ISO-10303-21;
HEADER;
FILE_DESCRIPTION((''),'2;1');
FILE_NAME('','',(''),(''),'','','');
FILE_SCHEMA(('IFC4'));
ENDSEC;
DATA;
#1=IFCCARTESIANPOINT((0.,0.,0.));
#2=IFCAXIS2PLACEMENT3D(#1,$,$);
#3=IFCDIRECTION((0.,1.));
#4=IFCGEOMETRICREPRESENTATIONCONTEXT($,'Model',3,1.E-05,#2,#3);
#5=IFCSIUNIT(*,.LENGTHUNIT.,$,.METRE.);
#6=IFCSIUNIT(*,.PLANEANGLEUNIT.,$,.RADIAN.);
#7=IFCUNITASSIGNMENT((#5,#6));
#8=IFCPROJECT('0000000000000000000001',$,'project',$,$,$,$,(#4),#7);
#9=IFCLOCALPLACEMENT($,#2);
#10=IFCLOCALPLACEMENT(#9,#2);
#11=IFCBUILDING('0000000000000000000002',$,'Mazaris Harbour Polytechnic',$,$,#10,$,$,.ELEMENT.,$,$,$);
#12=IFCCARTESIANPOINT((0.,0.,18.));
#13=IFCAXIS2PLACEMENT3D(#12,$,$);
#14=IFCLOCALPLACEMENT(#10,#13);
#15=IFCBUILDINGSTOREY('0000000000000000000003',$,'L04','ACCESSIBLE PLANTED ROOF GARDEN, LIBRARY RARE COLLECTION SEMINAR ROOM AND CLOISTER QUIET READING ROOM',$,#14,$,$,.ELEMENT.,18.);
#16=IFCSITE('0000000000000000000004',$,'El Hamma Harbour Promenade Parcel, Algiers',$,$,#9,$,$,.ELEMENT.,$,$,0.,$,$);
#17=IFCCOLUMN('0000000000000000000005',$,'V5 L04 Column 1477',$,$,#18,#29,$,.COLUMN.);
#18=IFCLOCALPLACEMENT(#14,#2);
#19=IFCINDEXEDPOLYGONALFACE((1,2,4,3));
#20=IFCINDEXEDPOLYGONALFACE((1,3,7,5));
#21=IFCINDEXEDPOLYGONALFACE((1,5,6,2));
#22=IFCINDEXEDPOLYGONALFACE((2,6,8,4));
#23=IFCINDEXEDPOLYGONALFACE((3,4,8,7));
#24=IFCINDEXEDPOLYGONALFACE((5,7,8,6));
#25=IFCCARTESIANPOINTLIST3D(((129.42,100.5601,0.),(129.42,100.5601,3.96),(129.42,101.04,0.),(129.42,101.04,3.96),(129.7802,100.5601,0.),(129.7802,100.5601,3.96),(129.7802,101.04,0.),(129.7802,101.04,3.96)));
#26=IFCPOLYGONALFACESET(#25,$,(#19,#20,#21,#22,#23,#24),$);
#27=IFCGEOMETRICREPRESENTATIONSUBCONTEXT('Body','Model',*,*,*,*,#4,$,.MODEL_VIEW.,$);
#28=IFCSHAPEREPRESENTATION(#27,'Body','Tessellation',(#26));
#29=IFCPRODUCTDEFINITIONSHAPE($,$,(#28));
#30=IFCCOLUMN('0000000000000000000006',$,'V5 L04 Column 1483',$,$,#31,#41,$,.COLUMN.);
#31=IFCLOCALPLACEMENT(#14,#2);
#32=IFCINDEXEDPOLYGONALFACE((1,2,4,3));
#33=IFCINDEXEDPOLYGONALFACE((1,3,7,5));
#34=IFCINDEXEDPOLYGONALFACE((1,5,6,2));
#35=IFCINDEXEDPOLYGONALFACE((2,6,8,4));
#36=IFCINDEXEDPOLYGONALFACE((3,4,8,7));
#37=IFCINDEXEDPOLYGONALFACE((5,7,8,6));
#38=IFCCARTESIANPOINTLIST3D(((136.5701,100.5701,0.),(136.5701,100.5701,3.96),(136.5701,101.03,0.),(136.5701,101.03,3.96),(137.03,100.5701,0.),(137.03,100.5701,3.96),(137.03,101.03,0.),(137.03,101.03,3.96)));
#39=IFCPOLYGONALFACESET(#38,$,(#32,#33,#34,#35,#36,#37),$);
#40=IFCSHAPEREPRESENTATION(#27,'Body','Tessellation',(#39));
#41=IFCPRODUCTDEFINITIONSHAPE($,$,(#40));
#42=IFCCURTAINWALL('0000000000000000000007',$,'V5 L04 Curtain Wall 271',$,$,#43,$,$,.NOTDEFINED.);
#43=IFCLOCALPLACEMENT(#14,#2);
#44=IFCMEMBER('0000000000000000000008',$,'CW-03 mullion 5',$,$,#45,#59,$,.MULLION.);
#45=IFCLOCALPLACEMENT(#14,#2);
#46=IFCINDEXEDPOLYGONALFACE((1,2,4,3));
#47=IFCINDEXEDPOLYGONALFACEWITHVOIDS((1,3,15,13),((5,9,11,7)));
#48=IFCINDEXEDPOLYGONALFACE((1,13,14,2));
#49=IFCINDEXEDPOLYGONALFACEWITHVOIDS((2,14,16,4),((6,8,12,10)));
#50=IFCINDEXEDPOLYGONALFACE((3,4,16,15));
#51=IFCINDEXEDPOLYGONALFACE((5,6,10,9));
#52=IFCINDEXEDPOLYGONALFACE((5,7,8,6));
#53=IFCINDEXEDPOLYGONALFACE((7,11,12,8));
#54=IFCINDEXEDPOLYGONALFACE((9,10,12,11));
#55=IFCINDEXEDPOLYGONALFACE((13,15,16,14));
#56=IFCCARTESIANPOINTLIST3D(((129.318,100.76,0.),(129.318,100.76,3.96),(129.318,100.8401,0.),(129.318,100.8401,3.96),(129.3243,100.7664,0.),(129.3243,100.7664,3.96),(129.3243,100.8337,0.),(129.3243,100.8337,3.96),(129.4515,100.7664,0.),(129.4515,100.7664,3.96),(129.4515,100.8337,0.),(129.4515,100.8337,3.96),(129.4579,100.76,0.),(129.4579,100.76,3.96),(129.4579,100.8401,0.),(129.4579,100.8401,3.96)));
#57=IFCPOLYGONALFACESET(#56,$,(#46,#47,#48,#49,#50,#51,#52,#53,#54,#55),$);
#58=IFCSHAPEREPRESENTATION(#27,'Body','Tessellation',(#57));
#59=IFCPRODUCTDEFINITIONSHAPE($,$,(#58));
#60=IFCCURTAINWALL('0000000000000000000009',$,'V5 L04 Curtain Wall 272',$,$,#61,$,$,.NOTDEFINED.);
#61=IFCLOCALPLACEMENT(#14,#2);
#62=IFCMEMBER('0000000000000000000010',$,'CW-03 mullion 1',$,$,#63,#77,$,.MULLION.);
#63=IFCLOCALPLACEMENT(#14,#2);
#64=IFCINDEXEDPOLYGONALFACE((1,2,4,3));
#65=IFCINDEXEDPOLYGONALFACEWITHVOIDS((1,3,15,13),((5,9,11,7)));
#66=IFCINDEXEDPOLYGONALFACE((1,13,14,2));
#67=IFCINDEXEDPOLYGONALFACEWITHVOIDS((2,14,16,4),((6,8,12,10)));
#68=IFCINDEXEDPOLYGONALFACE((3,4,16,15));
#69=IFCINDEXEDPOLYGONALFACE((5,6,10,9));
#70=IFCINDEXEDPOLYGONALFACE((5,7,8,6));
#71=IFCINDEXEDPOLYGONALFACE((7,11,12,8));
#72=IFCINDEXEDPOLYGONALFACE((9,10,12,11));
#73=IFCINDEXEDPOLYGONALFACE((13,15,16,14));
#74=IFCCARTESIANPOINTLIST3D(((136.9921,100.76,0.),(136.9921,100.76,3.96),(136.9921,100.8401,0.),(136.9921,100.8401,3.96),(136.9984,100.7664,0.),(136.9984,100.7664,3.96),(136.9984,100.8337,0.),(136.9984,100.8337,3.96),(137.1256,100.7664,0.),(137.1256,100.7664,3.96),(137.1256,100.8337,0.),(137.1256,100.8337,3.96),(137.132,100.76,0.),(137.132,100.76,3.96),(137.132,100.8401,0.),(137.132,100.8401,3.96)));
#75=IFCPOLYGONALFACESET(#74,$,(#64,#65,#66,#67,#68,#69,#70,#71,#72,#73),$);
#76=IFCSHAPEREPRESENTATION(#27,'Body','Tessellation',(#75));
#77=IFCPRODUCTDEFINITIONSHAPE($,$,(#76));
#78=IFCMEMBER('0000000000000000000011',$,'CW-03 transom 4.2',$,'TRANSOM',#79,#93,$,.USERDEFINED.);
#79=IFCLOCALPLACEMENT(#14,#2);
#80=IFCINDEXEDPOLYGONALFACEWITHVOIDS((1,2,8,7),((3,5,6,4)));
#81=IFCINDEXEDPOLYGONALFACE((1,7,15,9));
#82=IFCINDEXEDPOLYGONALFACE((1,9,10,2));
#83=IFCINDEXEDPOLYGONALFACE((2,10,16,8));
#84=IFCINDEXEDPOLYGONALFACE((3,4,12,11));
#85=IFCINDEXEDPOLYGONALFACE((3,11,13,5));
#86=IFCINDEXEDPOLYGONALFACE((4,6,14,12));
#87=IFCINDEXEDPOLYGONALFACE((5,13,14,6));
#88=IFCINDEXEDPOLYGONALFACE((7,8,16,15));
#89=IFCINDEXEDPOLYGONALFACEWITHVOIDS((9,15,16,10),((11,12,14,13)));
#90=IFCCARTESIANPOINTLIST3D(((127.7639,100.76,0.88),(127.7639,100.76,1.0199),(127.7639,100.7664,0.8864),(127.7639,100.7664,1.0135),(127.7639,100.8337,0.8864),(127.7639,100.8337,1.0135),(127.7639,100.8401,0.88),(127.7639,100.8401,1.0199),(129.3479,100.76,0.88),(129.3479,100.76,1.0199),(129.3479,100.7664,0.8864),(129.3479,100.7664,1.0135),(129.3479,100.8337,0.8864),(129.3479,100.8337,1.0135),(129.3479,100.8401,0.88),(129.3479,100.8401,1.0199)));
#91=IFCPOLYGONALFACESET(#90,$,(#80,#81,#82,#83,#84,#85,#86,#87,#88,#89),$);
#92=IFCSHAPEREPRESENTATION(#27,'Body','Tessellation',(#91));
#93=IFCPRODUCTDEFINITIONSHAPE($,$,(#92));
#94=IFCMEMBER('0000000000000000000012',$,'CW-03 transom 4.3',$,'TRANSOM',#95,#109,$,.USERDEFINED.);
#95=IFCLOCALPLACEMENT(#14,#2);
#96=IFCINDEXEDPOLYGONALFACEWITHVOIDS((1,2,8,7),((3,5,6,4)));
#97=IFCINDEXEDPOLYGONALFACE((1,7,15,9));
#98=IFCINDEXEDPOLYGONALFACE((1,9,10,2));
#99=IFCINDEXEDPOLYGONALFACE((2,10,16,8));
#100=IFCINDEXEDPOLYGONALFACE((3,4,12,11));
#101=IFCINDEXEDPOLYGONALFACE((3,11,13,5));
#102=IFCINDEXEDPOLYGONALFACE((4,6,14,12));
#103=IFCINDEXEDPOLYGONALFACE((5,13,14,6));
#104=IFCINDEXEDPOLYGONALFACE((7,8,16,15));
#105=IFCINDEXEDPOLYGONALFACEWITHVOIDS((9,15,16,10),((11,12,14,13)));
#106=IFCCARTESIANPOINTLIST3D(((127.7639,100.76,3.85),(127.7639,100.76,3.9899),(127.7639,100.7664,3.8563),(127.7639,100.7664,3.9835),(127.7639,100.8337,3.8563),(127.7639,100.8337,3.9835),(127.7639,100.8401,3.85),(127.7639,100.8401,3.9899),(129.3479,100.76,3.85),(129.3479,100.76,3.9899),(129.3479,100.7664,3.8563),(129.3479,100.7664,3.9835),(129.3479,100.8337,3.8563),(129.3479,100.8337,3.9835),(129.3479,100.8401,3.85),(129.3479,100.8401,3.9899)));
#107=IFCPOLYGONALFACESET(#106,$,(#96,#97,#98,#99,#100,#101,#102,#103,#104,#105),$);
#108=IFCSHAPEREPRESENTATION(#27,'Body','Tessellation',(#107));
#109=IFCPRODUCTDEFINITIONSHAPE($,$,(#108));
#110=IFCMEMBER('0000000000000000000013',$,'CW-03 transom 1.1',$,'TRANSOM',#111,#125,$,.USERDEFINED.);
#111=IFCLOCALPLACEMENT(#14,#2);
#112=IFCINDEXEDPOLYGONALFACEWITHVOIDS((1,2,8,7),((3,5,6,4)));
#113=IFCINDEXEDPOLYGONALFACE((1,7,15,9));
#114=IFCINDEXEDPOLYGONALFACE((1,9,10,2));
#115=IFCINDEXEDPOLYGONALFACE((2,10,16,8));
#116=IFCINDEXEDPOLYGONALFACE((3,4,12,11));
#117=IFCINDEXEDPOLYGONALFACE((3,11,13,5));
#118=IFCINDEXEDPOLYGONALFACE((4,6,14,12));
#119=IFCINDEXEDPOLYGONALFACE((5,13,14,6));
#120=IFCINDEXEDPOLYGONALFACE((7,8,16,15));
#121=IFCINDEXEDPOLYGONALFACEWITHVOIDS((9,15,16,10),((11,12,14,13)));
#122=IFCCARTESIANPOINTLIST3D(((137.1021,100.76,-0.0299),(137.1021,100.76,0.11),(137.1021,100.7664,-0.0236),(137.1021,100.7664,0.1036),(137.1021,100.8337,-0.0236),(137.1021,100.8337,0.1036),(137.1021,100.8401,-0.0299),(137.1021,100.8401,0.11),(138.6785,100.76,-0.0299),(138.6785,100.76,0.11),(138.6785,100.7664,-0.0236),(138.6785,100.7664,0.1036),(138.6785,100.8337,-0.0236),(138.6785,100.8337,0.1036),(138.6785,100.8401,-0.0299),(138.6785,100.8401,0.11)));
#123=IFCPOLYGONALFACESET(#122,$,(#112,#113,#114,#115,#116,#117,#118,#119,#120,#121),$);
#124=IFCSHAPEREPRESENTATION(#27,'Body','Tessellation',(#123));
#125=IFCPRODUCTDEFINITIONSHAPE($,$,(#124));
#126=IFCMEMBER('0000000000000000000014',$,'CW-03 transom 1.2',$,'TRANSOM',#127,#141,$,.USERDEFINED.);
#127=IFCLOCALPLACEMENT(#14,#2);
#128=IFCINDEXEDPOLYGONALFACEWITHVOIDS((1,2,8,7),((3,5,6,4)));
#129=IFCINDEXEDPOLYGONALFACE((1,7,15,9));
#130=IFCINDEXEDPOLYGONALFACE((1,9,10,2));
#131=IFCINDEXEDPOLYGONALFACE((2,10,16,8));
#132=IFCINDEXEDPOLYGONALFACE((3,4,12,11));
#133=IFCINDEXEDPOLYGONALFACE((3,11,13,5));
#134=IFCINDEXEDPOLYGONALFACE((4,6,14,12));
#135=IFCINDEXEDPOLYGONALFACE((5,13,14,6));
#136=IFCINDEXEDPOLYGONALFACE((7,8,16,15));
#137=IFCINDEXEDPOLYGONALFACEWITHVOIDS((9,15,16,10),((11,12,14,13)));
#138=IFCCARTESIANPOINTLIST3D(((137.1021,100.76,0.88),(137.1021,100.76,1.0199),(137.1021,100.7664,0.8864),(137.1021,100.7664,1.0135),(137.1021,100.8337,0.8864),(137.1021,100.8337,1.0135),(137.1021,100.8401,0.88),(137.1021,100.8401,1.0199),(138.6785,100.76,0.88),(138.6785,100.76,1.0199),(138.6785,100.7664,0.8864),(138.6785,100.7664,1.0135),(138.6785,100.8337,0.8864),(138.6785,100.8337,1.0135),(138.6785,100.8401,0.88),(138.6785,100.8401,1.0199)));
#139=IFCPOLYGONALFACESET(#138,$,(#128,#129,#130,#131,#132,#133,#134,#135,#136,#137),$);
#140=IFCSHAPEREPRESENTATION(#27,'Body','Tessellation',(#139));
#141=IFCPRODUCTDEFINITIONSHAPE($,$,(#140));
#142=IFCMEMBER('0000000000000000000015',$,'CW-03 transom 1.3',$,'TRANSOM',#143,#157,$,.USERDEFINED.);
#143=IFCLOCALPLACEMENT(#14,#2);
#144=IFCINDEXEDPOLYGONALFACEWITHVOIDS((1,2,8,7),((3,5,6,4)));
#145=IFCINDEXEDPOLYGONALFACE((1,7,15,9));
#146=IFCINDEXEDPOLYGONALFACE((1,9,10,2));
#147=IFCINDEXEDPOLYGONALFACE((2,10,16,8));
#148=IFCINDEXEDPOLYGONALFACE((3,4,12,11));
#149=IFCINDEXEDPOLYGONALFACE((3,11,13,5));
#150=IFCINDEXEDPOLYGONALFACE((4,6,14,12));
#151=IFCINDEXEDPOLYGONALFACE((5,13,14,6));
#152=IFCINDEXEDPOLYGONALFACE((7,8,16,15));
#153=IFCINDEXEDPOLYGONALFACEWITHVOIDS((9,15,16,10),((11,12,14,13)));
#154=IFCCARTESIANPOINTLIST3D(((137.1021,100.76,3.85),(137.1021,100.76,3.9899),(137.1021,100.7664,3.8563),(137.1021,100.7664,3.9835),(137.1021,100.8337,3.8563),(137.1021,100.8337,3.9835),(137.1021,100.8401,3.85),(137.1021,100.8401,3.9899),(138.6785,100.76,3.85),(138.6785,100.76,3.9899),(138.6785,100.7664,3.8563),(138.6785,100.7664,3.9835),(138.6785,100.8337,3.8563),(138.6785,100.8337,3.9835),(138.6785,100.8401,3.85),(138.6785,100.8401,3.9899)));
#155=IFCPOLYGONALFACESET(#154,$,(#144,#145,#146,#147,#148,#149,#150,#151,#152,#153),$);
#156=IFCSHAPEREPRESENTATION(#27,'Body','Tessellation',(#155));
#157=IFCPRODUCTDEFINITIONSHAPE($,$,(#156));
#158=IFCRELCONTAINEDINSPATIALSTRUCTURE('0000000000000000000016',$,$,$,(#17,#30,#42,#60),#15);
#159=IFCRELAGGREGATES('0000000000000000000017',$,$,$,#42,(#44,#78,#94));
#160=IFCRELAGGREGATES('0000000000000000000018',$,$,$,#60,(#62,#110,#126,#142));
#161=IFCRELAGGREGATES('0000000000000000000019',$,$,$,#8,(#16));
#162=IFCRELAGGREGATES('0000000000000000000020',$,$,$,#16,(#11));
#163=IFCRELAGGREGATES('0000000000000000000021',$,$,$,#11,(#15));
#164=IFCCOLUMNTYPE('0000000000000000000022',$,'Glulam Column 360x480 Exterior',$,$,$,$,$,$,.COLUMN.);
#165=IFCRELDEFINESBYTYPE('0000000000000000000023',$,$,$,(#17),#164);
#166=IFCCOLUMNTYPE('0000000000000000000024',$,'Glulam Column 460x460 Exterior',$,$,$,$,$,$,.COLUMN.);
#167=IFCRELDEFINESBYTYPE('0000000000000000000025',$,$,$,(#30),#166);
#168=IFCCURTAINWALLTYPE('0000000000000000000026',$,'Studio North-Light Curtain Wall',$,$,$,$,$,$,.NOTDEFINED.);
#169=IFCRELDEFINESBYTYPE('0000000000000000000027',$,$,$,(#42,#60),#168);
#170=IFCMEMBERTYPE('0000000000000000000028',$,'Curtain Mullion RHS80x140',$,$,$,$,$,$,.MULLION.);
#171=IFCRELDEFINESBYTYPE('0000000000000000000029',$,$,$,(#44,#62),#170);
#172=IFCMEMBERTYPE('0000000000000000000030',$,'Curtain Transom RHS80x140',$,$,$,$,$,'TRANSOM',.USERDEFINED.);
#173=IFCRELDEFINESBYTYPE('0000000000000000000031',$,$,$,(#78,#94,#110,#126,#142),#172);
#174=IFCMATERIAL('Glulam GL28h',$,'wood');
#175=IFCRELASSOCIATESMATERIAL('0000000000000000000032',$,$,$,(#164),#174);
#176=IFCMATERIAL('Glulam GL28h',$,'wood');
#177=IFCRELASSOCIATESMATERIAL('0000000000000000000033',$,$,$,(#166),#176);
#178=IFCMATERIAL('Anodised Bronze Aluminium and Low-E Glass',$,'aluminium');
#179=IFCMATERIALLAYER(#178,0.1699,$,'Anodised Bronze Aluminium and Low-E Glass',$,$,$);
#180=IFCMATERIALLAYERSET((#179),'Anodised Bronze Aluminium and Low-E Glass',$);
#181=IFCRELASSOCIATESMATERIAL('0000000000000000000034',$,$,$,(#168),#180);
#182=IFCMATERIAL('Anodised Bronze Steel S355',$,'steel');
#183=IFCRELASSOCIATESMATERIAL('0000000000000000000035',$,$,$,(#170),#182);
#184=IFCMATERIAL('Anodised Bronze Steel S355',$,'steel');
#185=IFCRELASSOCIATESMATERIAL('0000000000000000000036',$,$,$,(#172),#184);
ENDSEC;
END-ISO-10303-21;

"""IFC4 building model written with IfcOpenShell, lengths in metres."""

from ifc_helpers import new_model, si_unit, direction, frame, origin, origin_2d, place, context, subcontext, project, spatial, rectangle, hollow_rectangle, extrude, material, layer, layer_set, material_profile, profile_set, type_object, element, aggregate, save


model = new_model("IFC4")

# Units and contexts
model_context = context("Model", 3, precision=1e-05, world=origin(), true_north=direction((0.0, 1.0)))
body_context = subcontext(model_context, "Body", "Model", "MODEL_VIEW")
ifc_project = project(units=[si_unit("LENGTHUNIT", "METRE"), si_unit("PLANEANGLEUNIT", "RADIAN")], contexts=[model_context])

# Site, building, storey
site_placement = place(None, origin())
site = spatial("IfcSite", under=ifc_project, at=site_placement, Name="El Hamma Harbour Promenade Parcel, Algiers", CompositionType="ELEMENT", RefElevation=0.0)
building_placement = place(site_placement, origin())
building = spatial("IfcBuilding", under=site, at=building_placement, Name="Mazaris Harbour Polytechnic", CompositionType="ELEMENT")
storey_placement = place(building_placement, frame((0.0, 0.0, 18.0)))
storey = spatial("IfcBuildingStorey", under=building, at=storey_placement, Name="L04", Description="ACCESSIBLE PLANTED ROOF GARDEN, LIBRARY RARE COLLECTION SEMINAR ROOM AND CLOISTER QUIET READING ROOM", CompositionType="ELEMENT", Elevation=18.0)

# Columns
ifc_material_1 = material(Name="Glulam GL28h", Category="wood")
ifc_material_profile_1 = material_profile(ifc_material_1, rectangle(XDim=0.3601, YDim=0.48, at=origin_2d()), Name="RECT360x480")
ifc_profile_set_1 = profile_set([ifc_material_profile_1], Name="Glulam GL28h")
column_type_1 = type_object("IfcColumnType", Name="Glulam Column 360x480 Exterior", PredefinedType="COLUMN", material=ifc_profile_set_1)
column_1_placement = place(storey_placement, frame((129.6001, 100.8, 0.0), z_axis=(0.0, 0.0, 1.0), x_axis=(1.0, 0.0, 0.0)))
element("IfcColumn", 1, at=column_1_placement, inside=storey, type_object=column_type_1, Name="V5 L04 Column 1477", PredefinedType="COLUMN", context=body_context, shape_type="SweptSolid", body=[
    extrude(rectangle(XDim=0.3601, YDim=0.48, at=origin_2d()), origin(), (0.0, 0.0, 1.0), 3.96),
])
ifc_material_2 = material(Name="Glulam GL28h", Category="wood")
ifc_material_profile_2 = material_profile(ifc_material_2, rectangle(XDim=0.46, YDim=0.46, at=origin_2d()), Name="RECT460x460")
ifc_profile_set_2 = profile_set([ifc_material_profile_2], Name="Glulam GL28h")
column_type_2 = type_object("IfcColumnType", Name="Glulam Column 460x460 Exterior", PredefinedType="COLUMN", material=ifc_profile_set_2)
column_2_placement = place(storey_placement, frame((136.8, 100.8, 0.0), z_axis=(0.0, 0.0, 1.0), x_axis=(1.0, 0.0, 0.0)))
element("IfcColumn", 2, at=column_2_placement, inside=storey, type_object=column_type_2, Name="V5 L04 Column 1483", PredefinedType="COLUMN", context=body_context, shape_type="SweptSolid", body=[
    extrude(rectangle(XDim=0.46, YDim=0.46, at=origin_2d()), origin(), (0.0, 0.0, 1.0), 3.96),
])

# Curtain walls, members
ifc_material_3 = material(Name="Anodised Bronze Aluminium and Low-E Glass", Category="aluminium")
ifc_layer_1 = layer(ifc_material_3, 0.1699, Name="Anodised Bronze Aluminium and Low-E Glass")
ifc_layer_set_1 = layer_set([ifc_layer_1], Name="Anodised Bronze Aluminium and Low-E Glass")
curtain_wall_type = type_object("IfcCurtainWallType", Name="Studio North-Light Curtain Wall", PredefinedType="NOTDEFINED", material=ifc_layer_set_1)
curtain_wall_1_placement = place(storey_placement, origin())
curtain_wall_1 = element("IfcCurtainWall", 3, at=curtain_wall_1_placement, inside=storey, type_object=curtain_wall_type, Name="V5 L04 Curtain Wall 271", PredefinedType="NOTDEFINED")
ifc_material_4 = material(Name="Anodised Bronze Steel S355", Category="steel")
ifc_material_profile_3 = material_profile(ifc_material_4, hollow_rectangle(XDim=0.0801, YDim=0.1399, WallThickness=0.0063, at=origin_2d()), Name="RHS 80x140x6.3")
ifc_profile_set_3 = profile_set([ifc_material_profile_3], Name="Anodised Bronze Steel S355")
member_type_1 = type_object("IfcMemberType", Name="Curtain Mullion RHS80x140", PredefinedType="MULLION", material=ifc_profile_set_3)
member_1_placement = place(storey_placement, frame((129.3879, 100.8, 0.0), z_axis=(0.0, 0.0, 1.0), x_axis=(0.0, 1.0, 0.0)))
member_1 = element("IfcMember", 4, at=member_1_placement, type_object=member_type_1, Name="CW-03 mullion 5", PredefinedType="MULLION", context=body_context, shape_type="SweptSolid", body=[
    extrude(hollow_rectangle(XDim=0.0801, YDim=0.1399, WallThickness=0.0063, at=origin_2d()), origin(), (0.0, 0.0, 1.0), 3.96),
])
curtain_wall_2_placement = place(storey_placement, origin())
curtain_wall_2 = element("IfcCurtainWall", 5, at=curtain_wall_2_placement, inside=storey, type_object=curtain_wall_type, Name="V5 L04 Curtain Wall 272", PredefinedType="NOTDEFINED")
member_2_placement = place(storey_placement, frame((137.062, 100.8, 0.0), z_axis=(0.0, 0.0, 1.0), x_axis=(0.0, 1.0, 0.0)))
member_2 = element("IfcMember", 6, at=member_2_placement, type_object=member_type_1, Name="CW-03 mullion 1", PredefinedType="MULLION", context=body_context, shape_type="SweptSolid", body=[
    extrude(hollow_rectangle(XDim=0.0801, YDim=0.1399, WallThickness=0.0063, at=origin_2d()), origin(), (0.0, 0.0, 1.0), 3.96),
])

# Members
ifc_material_5 = material(Name="Anodised Bronze Steel S355", Category="steel")
ifc_material_profile_4 = material_profile(ifc_material_5, hollow_rectangle(XDim=0.0801, YDim=0.1399, WallThickness=0.0063, at=origin_2d()), Name="RHS 80x140x6.3")
ifc_profile_set_4 = profile_set([ifc_material_profile_4], Name="Anodised Bronze Steel S355")
member_type_2 = type_object("IfcMemberType", Name="Curtain Transom RHS80x140", ElementType="TRANSOM", PredefinedType="USERDEFINED", material=ifc_profile_set_4)
member_3_placement = place(storey_placement, frame((127.7639, 100.8, 0.95), z_axis=(1.0, 0.0, 0.0), x_axis=(0.0, 1.0, 0.0)))
member_3 = element("IfcMember", 7, at=member_3_placement, type_object=member_type_2, Name="CW-03 transom 4.2", ObjectType="TRANSOM", PredefinedType="USERDEFINED", context=body_context, shape_type="SweptSolid", body=[
    extrude(hollow_rectangle(XDim=0.0801, YDim=0.1399, WallThickness=0.0063, at=origin_2d()), origin(), (0.0, 0.0, 1.0), 1.584),
])
member_4_placement = place(storey_placement, frame((127.7639, 100.8, 3.9199), z_axis=(1.0, 0.0, 0.0), x_axis=(0.0, 1.0, 0.0)))
member_4 = element("IfcMember", 8, at=member_4_placement, type_object=member_type_2, Name="CW-03 transom 4.3", ObjectType="TRANSOM", PredefinedType="USERDEFINED", context=body_context, shape_type="SweptSolid", body=[
    extrude(hollow_rectangle(XDim=0.0801, YDim=0.1399, WallThickness=0.0063, at=origin_2d()), origin(), (0.0, 0.0, 1.0), 1.584),
])
member_5_placement = place(storey_placement, frame((137.1021, 100.8, 0.04), z_axis=(1.0, 0.0, 0.0), x_axis=(0.0, 1.0, 0.0)))
member_5 = element("IfcMember", 9, at=member_5_placement, type_object=member_type_2, Name="CW-03 transom 1.1", ObjectType="TRANSOM", PredefinedType="USERDEFINED", context=body_context, shape_type="SweptSolid", body=[
    extrude(hollow_rectangle(XDim=0.0801, YDim=0.1399, WallThickness=0.0063, at=origin_2d()), origin(), (0.0, 0.0, 1.0), 1.5764),
])
member_6_placement = place(storey_placement, frame((137.1021, 100.8, 0.95), z_axis=(1.0, 0.0, 0.0), x_axis=(0.0, 1.0, 0.0)))
member_6 = element("IfcMember", 10, at=member_6_placement, type_object=member_type_2, Name="CW-03 transom 1.2", ObjectType="TRANSOM", PredefinedType="USERDEFINED", context=body_context, shape_type="SweptSolid", body=[
    extrude(hollow_rectangle(XDim=0.0801, YDim=0.1399, WallThickness=0.0063, at=origin_2d()), origin(), (0.0, 0.0, 1.0), 1.5764),
])
member_7_placement = place(storey_placement, frame((137.1021, 100.8, 3.9199), z_axis=(1.0, 0.0, 0.0), x_axis=(0.0, 1.0, 0.0)))
member_7 = element("IfcMember", 11, at=member_7_placement, type_object=member_type_2, Name="CW-03 transom 1.3", ObjectType="TRANSOM", PredefinedType="USERDEFINED", context=body_context, shape_type="SweptSolid", body=[
    extrude(hollow_rectangle(XDim=0.0801, YDim=0.1399, WallThickness=0.0063, at=origin_2d()), origin(), (0.0, 0.0, 1.0), 1.5764),
])

aggregate(curtain_wall_1, [member_1, member_3, member_4])
aggregate(curtain_wall_2, [member_2, member_5, member_6, member_7])

save(model, "model.ifc")
